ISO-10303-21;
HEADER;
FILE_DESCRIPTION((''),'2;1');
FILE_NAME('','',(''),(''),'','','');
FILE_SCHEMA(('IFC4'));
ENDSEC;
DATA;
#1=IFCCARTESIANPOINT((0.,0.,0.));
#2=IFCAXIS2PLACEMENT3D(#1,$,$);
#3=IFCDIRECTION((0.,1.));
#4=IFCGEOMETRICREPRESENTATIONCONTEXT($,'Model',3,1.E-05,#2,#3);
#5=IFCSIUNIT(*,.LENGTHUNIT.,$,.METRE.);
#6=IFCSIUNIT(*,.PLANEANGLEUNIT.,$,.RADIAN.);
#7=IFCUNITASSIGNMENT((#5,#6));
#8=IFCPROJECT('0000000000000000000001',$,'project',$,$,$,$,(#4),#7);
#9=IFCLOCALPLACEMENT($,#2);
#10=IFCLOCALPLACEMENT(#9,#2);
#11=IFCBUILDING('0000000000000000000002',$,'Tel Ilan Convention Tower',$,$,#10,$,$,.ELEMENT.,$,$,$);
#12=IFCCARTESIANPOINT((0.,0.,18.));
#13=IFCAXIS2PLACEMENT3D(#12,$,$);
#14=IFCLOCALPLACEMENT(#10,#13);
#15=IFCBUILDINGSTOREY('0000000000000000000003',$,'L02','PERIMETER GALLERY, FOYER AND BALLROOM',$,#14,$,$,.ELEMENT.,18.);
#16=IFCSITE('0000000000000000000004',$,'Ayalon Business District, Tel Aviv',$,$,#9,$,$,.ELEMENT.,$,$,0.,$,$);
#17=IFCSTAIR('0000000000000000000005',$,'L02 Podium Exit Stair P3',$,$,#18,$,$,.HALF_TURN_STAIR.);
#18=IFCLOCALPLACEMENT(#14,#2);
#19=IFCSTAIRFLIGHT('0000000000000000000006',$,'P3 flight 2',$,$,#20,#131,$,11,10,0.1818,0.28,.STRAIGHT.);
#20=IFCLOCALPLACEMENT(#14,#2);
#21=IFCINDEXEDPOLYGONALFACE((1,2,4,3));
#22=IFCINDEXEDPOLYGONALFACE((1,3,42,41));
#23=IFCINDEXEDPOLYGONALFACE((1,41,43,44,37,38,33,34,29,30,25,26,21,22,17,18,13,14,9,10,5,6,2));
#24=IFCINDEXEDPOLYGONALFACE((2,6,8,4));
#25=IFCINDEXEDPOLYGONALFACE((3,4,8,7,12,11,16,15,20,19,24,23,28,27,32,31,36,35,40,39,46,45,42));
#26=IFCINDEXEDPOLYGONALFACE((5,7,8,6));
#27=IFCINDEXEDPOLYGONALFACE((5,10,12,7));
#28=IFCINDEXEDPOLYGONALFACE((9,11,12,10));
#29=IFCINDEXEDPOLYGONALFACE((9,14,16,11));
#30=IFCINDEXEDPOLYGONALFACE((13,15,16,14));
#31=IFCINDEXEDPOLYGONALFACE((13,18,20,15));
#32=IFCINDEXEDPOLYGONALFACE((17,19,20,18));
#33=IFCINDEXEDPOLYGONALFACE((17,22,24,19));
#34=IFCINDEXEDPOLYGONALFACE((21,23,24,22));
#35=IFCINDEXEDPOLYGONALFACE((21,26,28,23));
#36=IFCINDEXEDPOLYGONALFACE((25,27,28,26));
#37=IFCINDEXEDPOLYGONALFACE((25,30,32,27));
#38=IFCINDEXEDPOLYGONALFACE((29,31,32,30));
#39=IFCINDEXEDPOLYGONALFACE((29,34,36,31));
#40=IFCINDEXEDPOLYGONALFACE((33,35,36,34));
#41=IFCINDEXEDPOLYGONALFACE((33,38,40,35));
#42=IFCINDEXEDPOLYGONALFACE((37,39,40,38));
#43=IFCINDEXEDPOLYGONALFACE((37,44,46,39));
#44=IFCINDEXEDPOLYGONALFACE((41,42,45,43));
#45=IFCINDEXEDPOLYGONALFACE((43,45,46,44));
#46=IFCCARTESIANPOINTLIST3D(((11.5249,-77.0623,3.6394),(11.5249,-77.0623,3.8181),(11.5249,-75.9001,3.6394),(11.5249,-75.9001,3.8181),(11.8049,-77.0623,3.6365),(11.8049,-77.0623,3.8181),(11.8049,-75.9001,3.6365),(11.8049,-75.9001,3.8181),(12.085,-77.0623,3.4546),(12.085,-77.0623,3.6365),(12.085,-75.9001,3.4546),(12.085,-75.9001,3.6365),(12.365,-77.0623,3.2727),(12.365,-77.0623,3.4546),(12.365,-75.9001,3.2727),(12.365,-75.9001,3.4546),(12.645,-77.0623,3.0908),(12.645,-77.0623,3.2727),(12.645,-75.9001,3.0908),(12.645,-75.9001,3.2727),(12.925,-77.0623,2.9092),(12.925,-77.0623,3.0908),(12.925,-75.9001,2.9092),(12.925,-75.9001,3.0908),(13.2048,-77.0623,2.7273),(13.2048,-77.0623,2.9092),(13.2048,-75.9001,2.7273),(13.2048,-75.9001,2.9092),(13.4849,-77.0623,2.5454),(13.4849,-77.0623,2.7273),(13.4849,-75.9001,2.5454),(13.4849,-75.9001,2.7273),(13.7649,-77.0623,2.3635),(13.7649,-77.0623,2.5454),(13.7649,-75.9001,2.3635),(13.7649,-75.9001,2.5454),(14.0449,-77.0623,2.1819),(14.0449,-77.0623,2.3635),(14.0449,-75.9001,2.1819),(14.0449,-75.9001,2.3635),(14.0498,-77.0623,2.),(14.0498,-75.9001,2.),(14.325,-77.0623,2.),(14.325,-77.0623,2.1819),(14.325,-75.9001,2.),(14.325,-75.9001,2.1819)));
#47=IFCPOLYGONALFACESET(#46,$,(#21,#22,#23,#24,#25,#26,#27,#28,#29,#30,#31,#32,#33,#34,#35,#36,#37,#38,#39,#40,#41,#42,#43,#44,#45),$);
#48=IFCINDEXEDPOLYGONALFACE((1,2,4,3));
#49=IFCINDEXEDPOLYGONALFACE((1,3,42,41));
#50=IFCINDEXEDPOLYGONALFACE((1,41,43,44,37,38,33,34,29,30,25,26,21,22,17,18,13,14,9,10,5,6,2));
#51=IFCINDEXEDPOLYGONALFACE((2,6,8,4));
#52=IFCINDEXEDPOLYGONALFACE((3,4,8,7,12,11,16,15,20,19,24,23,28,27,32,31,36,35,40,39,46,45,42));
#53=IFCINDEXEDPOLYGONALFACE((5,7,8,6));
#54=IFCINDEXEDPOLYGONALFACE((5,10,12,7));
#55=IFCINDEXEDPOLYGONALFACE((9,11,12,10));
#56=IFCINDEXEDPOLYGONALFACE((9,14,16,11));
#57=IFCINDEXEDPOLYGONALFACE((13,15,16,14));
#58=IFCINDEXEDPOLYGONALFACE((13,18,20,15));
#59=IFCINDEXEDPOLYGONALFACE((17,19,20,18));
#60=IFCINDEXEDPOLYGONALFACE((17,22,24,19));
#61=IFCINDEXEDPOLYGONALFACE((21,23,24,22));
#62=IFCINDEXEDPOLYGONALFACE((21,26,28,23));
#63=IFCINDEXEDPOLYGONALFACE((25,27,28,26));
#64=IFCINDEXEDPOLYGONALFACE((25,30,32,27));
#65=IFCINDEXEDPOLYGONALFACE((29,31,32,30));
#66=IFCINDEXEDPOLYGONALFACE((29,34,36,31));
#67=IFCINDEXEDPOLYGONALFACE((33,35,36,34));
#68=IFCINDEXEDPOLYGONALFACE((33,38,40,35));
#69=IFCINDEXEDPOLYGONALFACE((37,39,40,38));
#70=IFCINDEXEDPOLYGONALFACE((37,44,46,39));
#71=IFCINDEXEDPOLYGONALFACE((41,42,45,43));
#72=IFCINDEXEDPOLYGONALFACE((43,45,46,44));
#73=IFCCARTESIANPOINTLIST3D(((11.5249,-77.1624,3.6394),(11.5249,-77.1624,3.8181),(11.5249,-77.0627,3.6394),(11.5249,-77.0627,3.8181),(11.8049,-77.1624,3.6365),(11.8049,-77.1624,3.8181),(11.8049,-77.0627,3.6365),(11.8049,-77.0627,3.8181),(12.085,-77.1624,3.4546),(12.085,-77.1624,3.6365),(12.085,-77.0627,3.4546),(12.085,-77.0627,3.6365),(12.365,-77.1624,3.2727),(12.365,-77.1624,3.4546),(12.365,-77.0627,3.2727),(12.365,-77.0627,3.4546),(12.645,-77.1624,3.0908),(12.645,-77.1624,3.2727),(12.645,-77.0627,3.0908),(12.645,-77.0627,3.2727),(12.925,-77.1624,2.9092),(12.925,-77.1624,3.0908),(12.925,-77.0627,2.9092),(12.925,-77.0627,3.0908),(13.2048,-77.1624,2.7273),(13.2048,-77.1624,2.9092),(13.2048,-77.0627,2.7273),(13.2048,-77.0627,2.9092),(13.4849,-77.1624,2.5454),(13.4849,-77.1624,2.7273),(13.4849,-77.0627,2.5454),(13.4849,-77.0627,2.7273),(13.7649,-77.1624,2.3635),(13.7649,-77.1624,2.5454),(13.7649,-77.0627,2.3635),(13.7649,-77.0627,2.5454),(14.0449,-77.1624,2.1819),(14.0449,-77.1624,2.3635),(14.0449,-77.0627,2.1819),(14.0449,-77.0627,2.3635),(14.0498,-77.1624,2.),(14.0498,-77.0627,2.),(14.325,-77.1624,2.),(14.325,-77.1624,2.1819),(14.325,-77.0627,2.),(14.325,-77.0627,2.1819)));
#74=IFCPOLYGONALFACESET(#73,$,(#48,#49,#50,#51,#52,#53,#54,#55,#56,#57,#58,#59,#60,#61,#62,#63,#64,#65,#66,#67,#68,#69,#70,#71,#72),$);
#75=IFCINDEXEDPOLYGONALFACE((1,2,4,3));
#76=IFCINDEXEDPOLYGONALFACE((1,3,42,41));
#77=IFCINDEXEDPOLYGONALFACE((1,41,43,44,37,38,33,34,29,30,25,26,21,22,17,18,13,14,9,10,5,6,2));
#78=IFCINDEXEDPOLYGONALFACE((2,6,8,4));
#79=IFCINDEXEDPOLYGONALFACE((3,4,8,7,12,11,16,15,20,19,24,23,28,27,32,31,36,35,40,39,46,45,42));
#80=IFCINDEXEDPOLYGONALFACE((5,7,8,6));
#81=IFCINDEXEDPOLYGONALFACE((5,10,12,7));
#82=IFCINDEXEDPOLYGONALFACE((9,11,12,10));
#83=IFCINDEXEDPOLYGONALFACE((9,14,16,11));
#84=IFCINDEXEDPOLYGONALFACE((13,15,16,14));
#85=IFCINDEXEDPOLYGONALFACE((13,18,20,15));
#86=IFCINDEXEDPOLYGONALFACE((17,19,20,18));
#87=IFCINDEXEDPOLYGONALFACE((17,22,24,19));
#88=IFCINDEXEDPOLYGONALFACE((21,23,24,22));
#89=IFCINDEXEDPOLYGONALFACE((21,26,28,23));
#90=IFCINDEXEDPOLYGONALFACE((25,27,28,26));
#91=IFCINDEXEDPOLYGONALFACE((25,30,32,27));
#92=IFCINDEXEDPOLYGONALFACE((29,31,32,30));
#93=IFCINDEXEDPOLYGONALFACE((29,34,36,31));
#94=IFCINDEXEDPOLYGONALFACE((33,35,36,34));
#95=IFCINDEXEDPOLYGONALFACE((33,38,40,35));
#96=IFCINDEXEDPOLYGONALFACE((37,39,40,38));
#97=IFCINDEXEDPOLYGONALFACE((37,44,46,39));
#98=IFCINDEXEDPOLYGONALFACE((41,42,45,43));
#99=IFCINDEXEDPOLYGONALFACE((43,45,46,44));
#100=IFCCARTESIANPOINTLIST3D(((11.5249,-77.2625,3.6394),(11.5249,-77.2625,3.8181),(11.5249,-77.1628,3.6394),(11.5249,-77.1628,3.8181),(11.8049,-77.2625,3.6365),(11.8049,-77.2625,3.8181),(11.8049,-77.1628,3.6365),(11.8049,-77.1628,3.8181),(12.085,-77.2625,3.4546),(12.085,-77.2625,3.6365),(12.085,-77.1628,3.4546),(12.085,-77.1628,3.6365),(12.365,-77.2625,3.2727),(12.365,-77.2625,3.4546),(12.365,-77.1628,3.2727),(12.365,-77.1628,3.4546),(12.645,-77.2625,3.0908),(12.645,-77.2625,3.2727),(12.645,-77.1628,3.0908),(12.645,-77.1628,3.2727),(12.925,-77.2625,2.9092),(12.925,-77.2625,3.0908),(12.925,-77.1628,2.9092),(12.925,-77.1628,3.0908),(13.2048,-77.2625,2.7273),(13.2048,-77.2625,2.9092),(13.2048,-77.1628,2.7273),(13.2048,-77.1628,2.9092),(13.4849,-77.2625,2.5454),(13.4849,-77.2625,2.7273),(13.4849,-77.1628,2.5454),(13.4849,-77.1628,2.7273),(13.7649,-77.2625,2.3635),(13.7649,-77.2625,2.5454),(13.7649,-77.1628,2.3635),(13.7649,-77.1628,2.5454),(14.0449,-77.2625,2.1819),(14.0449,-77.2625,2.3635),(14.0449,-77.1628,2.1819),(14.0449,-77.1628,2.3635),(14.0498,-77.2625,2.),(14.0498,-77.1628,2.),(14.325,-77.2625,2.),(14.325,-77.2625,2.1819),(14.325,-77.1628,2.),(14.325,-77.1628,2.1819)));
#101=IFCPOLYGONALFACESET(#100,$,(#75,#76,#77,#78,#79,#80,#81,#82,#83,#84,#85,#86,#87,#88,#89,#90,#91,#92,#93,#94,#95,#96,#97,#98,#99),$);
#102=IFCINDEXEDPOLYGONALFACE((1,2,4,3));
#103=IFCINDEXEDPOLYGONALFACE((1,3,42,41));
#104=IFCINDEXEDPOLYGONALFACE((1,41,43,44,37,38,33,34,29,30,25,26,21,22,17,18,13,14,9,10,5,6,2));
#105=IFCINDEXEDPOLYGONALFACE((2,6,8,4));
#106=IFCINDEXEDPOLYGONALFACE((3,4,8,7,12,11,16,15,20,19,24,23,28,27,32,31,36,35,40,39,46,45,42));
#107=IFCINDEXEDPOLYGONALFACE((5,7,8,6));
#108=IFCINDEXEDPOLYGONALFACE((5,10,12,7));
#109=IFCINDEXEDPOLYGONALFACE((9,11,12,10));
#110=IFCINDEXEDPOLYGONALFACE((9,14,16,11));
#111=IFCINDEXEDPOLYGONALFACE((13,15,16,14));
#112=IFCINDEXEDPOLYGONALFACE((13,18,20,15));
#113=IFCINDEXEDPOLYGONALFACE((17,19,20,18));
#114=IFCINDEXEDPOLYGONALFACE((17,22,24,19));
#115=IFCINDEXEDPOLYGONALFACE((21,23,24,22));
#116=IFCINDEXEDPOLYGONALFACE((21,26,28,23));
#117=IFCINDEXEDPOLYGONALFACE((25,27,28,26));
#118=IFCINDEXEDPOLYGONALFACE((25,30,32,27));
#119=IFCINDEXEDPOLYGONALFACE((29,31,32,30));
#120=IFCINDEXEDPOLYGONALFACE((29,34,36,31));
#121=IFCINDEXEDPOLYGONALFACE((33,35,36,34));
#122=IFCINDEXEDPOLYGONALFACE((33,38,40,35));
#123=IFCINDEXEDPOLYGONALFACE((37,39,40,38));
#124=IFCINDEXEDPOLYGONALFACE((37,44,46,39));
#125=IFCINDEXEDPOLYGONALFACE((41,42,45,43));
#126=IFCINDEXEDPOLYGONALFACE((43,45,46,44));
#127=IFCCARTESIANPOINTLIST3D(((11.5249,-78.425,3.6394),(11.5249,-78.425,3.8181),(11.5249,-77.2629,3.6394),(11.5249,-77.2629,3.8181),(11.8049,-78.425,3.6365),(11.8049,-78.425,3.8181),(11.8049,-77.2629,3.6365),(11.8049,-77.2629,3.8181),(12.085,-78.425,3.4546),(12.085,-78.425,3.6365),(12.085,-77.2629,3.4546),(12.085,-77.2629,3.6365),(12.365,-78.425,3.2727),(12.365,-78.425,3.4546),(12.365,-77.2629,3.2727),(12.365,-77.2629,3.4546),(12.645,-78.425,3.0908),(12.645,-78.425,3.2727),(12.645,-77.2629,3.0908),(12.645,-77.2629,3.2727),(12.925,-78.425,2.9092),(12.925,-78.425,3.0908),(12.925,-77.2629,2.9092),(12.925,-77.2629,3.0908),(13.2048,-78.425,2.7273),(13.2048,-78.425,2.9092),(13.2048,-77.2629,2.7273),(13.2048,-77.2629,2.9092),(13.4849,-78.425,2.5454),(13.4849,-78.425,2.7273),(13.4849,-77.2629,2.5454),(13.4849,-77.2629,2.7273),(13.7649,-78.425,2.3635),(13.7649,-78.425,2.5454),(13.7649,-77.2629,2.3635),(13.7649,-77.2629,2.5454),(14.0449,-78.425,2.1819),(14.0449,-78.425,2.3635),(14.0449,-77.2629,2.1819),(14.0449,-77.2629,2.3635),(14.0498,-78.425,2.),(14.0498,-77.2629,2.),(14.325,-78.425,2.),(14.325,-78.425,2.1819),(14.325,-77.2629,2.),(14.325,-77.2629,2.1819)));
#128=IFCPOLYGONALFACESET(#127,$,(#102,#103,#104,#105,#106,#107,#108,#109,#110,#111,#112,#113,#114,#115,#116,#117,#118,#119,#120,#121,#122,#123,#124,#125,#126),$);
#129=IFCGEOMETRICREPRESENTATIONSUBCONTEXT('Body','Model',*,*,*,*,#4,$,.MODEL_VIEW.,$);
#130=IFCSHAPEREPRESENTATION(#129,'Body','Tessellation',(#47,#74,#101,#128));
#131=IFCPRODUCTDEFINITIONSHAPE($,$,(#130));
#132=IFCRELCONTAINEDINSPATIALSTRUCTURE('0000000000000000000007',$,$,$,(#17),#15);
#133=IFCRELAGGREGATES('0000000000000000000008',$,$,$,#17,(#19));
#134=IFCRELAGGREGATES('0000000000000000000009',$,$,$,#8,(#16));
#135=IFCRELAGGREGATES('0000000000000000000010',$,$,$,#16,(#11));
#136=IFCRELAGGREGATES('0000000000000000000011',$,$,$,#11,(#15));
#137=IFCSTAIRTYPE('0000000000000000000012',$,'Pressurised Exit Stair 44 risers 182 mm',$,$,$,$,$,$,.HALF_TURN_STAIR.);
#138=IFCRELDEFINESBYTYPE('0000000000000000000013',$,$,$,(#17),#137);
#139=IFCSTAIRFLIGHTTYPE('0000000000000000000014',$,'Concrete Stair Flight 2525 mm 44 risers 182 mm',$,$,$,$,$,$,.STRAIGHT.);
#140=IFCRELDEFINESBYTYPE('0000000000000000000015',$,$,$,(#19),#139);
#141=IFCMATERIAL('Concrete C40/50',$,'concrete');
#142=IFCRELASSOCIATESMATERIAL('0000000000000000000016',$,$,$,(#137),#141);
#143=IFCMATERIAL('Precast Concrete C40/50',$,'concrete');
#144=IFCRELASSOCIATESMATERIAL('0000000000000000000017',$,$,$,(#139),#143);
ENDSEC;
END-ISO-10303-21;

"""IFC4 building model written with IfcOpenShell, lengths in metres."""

from ifc_helpers import new_model, si_unit, direction, frame, origin, place, context, subcontext, project, spatial, polyline, outline, extrude, material, type_object, element, aggregate, save


model = new_model("IFC4")

# Units and contexts
model_context = context("Model", 3, precision=1e-05, world=origin(), true_north=direction((0.0, 1.0)))
body_context = subcontext(model_context, "Body", "Model", "MODEL_VIEW")
ifc_project = project(units=[si_unit("LENGTHUNIT", "METRE"), si_unit("PLANEANGLEUNIT", "RADIAN")], contexts=[model_context])

# Site, building, storey
site_placement = place(None, origin())
site = spatial("IfcSite", under=ifc_project, at=site_placement, Name="Ayalon Business District, Tel Aviv", CompositionType="ELEMENT", RefElevation=0.0)
building_placement = place(site_placement, origin())
building = spatial("IfcBuilding", under=site, at=building_placement, Name="Tel Ilan Convention Tower", CompositionType="ELEMENT")
storey_placement = place(building_placement, frame((0.0, 0.0, 18.0)))
storey = spatial("IfcBuildingStorey", under=building, at=storey_placement, Name="L02", Description="PERIMETER GALLERY, FOYER AND BALLROOM", CompositionType="ELEMENT", Elevation=18.0)

# Stair, stair flight
ifc_material_1 = material(Name="Concrete C40/50", Category="concrete")
stair_type = type_object("IfcStairType", Name="Pressurised Exit Stair 44 risers 182 mm", PredefinedType="HALF_TURN_STAIR", material=ifc_material_1)
stair_placement = place(storey_placement, origin())
stair = element("IfcStair", 1, at=stair_placement, inside=storey, type_object=stair_type, Name="L02 Podium Exit Stair P3", PredefinedType="HALF_TURN_STAIR")
ifc_material_2 = material(Name="Precast Concrete C40/50", Category="concrete")
stair_flight_type = type_object("IfcStairFlightType", Name="Concrete Stair Flight 2525 mm 44 risers 182 mm", PredefinedType="STRAIGHT", material=ifc_material_2)
stair_flight_1_placement = place(storey_placement, frame((14.325, -77.1626, 2.0), z_axis=(0.0, 0.0, 1.0), x_axis=(-1.0, 0.0, 0.0)))
stair_flight_1 = element("IfcStairFlight", 2, at=stair_flight_1_placement, type_object=stair_flight_type, Name="P3 flight 2", NumberOfRisers=11, NumberOfTreads=10, PredefinedType="STRAIGHT", RiserHeight=0.1818, TreadLength=0.28, context=body_context, shape_type="SweptSolid", body=[
    extrude(outline(polyline([(0.0, 0.0), (0.0, 0.1819), (0.28, 0.1819), (0.28, 0.3635), (0.5601, 0.3635), (0.5601, 0.5454), (0.8401, 0.5454), (0.8401, 0.7273), (1.1201, 0.7273), (1.1201, 0.9092), (1.3999, 0.9092), (1.3999, 1.0908), (1.6799, 1.0908), (1.6799, 1.2727), (1.96, 1.2727), (1.96, 1.4546), (2.24, 1.4546), (2.24, 1.6365), (2.52, 1.6365), (2.52, 1.8181), (2.8, 1.8181), (2.8, 2.0), (2.8, 1.6394), (0.2751, 0.0), (0.0, 0.0)])), frame((0.0, -0.1003, 0.0), z_axis=(0.0, -1.0, 0.0), x_axis=(1.0, 0.0, 0.0)), (0.0, 0.0, 1.0), 1.1621),
    extrude(outline(polyline([(0.0, 0.0), (0.0, 0.1819), (0.28, 0.1819), (0.28, 0.3635), (0.5601, 0.3635), (0.5601, 0.5454), (0.8401, 0.5454), (0.8401, 0.7273), (1.1201, 0.7273), (1.1201, 0.9092), (1.3999, 0.9092), (1.3999, 1.0908), (1.6799, 1.0908), (1.6799, 1.2727), (1.96, 1.2727), (1.96, 1.4546), (2.24, 1.4546), (2.24, 1.6365), (2.52, 1.6365), (2.52, 1.8181), (2.8, 1.8181), (2.8, 2.0), (2.8, 1.6394), (0.2751, 0.0), (0.0, 0.0)])), frame((0.0, -0.0002, 0.0), z_axis=(0.0, -1.0, 0.0), x_axis=(1.0, 0.0, 0.0)), (0.0, 0.0, 1.0), 0.0996),
    extrude(outline(polyline([(0.0, 0.0), (0.0, 0.1819), (0.28, 0.1819), (0.28, 0.3635), (0.5601, 0.3635), (0.5601, 0.5454), (0.8401, 0.5454), (0.8401, 0.7273), (1.1201, 0.7273), (1.1201, 0.9092), (1.3999, 0.9092), (1.3999, 1.0908), (1.6799, 1.0908), (1.6799, 1.2727), (1.96, 1.2727), (1.96, 1.4546), (2.24, 1.4546), (2.24, 1.6365), (2.52, 1.6365), (2.52, 1.8181), (2.8, 1.8181), (2.8, 2.0), (2.8, 1.6394), (0.2751, 0.0), (0.0, 0.0)])), frame((0.0, 0.0999, 0.0), z_axis=(0.0, -1.0, 0.0), x_axis=(1.0, 0.0, 0.0)), (0.0, 0.0, 1.0), 0.0996),
    extrude(outline(polyline([(0.0, 0.0), (0.0, 0.1819), (0.28, 0.1819), (0.28, 0.3635), (0.5601, 0.3635), (0.5601, 0.5454), (0.8401, 0.5454), (0.8401, 0.7273), (1.1201, 0.7273), (1.1201, 0.9092), (1.3999, 0.9092), (1.3999, 1.0908), (1.6799, 1.0908), (1.6799, 1.2727), (1.96, 1.2727), (1.96, 1.4546), (2.24, 1.4546), (2.24, 1.6365), (2.52, 1.6365), (2.52, 1.8181), (2.8, 1.8181), (2.8, 2.0), (2.8, 1.6394), (0.2751, 0.0), (0.0, 0.0)])), frame((0.0, 1.2625, 0.0), z_axis=(0.0, -1.0, 0.0), x_axis=(1.0, 0.0, 0.0)), (0.0, 0.0, 1.0), 1.1621),
])
aggregate(stair, [stair_flight_1])

save(model, "model.ifc")
